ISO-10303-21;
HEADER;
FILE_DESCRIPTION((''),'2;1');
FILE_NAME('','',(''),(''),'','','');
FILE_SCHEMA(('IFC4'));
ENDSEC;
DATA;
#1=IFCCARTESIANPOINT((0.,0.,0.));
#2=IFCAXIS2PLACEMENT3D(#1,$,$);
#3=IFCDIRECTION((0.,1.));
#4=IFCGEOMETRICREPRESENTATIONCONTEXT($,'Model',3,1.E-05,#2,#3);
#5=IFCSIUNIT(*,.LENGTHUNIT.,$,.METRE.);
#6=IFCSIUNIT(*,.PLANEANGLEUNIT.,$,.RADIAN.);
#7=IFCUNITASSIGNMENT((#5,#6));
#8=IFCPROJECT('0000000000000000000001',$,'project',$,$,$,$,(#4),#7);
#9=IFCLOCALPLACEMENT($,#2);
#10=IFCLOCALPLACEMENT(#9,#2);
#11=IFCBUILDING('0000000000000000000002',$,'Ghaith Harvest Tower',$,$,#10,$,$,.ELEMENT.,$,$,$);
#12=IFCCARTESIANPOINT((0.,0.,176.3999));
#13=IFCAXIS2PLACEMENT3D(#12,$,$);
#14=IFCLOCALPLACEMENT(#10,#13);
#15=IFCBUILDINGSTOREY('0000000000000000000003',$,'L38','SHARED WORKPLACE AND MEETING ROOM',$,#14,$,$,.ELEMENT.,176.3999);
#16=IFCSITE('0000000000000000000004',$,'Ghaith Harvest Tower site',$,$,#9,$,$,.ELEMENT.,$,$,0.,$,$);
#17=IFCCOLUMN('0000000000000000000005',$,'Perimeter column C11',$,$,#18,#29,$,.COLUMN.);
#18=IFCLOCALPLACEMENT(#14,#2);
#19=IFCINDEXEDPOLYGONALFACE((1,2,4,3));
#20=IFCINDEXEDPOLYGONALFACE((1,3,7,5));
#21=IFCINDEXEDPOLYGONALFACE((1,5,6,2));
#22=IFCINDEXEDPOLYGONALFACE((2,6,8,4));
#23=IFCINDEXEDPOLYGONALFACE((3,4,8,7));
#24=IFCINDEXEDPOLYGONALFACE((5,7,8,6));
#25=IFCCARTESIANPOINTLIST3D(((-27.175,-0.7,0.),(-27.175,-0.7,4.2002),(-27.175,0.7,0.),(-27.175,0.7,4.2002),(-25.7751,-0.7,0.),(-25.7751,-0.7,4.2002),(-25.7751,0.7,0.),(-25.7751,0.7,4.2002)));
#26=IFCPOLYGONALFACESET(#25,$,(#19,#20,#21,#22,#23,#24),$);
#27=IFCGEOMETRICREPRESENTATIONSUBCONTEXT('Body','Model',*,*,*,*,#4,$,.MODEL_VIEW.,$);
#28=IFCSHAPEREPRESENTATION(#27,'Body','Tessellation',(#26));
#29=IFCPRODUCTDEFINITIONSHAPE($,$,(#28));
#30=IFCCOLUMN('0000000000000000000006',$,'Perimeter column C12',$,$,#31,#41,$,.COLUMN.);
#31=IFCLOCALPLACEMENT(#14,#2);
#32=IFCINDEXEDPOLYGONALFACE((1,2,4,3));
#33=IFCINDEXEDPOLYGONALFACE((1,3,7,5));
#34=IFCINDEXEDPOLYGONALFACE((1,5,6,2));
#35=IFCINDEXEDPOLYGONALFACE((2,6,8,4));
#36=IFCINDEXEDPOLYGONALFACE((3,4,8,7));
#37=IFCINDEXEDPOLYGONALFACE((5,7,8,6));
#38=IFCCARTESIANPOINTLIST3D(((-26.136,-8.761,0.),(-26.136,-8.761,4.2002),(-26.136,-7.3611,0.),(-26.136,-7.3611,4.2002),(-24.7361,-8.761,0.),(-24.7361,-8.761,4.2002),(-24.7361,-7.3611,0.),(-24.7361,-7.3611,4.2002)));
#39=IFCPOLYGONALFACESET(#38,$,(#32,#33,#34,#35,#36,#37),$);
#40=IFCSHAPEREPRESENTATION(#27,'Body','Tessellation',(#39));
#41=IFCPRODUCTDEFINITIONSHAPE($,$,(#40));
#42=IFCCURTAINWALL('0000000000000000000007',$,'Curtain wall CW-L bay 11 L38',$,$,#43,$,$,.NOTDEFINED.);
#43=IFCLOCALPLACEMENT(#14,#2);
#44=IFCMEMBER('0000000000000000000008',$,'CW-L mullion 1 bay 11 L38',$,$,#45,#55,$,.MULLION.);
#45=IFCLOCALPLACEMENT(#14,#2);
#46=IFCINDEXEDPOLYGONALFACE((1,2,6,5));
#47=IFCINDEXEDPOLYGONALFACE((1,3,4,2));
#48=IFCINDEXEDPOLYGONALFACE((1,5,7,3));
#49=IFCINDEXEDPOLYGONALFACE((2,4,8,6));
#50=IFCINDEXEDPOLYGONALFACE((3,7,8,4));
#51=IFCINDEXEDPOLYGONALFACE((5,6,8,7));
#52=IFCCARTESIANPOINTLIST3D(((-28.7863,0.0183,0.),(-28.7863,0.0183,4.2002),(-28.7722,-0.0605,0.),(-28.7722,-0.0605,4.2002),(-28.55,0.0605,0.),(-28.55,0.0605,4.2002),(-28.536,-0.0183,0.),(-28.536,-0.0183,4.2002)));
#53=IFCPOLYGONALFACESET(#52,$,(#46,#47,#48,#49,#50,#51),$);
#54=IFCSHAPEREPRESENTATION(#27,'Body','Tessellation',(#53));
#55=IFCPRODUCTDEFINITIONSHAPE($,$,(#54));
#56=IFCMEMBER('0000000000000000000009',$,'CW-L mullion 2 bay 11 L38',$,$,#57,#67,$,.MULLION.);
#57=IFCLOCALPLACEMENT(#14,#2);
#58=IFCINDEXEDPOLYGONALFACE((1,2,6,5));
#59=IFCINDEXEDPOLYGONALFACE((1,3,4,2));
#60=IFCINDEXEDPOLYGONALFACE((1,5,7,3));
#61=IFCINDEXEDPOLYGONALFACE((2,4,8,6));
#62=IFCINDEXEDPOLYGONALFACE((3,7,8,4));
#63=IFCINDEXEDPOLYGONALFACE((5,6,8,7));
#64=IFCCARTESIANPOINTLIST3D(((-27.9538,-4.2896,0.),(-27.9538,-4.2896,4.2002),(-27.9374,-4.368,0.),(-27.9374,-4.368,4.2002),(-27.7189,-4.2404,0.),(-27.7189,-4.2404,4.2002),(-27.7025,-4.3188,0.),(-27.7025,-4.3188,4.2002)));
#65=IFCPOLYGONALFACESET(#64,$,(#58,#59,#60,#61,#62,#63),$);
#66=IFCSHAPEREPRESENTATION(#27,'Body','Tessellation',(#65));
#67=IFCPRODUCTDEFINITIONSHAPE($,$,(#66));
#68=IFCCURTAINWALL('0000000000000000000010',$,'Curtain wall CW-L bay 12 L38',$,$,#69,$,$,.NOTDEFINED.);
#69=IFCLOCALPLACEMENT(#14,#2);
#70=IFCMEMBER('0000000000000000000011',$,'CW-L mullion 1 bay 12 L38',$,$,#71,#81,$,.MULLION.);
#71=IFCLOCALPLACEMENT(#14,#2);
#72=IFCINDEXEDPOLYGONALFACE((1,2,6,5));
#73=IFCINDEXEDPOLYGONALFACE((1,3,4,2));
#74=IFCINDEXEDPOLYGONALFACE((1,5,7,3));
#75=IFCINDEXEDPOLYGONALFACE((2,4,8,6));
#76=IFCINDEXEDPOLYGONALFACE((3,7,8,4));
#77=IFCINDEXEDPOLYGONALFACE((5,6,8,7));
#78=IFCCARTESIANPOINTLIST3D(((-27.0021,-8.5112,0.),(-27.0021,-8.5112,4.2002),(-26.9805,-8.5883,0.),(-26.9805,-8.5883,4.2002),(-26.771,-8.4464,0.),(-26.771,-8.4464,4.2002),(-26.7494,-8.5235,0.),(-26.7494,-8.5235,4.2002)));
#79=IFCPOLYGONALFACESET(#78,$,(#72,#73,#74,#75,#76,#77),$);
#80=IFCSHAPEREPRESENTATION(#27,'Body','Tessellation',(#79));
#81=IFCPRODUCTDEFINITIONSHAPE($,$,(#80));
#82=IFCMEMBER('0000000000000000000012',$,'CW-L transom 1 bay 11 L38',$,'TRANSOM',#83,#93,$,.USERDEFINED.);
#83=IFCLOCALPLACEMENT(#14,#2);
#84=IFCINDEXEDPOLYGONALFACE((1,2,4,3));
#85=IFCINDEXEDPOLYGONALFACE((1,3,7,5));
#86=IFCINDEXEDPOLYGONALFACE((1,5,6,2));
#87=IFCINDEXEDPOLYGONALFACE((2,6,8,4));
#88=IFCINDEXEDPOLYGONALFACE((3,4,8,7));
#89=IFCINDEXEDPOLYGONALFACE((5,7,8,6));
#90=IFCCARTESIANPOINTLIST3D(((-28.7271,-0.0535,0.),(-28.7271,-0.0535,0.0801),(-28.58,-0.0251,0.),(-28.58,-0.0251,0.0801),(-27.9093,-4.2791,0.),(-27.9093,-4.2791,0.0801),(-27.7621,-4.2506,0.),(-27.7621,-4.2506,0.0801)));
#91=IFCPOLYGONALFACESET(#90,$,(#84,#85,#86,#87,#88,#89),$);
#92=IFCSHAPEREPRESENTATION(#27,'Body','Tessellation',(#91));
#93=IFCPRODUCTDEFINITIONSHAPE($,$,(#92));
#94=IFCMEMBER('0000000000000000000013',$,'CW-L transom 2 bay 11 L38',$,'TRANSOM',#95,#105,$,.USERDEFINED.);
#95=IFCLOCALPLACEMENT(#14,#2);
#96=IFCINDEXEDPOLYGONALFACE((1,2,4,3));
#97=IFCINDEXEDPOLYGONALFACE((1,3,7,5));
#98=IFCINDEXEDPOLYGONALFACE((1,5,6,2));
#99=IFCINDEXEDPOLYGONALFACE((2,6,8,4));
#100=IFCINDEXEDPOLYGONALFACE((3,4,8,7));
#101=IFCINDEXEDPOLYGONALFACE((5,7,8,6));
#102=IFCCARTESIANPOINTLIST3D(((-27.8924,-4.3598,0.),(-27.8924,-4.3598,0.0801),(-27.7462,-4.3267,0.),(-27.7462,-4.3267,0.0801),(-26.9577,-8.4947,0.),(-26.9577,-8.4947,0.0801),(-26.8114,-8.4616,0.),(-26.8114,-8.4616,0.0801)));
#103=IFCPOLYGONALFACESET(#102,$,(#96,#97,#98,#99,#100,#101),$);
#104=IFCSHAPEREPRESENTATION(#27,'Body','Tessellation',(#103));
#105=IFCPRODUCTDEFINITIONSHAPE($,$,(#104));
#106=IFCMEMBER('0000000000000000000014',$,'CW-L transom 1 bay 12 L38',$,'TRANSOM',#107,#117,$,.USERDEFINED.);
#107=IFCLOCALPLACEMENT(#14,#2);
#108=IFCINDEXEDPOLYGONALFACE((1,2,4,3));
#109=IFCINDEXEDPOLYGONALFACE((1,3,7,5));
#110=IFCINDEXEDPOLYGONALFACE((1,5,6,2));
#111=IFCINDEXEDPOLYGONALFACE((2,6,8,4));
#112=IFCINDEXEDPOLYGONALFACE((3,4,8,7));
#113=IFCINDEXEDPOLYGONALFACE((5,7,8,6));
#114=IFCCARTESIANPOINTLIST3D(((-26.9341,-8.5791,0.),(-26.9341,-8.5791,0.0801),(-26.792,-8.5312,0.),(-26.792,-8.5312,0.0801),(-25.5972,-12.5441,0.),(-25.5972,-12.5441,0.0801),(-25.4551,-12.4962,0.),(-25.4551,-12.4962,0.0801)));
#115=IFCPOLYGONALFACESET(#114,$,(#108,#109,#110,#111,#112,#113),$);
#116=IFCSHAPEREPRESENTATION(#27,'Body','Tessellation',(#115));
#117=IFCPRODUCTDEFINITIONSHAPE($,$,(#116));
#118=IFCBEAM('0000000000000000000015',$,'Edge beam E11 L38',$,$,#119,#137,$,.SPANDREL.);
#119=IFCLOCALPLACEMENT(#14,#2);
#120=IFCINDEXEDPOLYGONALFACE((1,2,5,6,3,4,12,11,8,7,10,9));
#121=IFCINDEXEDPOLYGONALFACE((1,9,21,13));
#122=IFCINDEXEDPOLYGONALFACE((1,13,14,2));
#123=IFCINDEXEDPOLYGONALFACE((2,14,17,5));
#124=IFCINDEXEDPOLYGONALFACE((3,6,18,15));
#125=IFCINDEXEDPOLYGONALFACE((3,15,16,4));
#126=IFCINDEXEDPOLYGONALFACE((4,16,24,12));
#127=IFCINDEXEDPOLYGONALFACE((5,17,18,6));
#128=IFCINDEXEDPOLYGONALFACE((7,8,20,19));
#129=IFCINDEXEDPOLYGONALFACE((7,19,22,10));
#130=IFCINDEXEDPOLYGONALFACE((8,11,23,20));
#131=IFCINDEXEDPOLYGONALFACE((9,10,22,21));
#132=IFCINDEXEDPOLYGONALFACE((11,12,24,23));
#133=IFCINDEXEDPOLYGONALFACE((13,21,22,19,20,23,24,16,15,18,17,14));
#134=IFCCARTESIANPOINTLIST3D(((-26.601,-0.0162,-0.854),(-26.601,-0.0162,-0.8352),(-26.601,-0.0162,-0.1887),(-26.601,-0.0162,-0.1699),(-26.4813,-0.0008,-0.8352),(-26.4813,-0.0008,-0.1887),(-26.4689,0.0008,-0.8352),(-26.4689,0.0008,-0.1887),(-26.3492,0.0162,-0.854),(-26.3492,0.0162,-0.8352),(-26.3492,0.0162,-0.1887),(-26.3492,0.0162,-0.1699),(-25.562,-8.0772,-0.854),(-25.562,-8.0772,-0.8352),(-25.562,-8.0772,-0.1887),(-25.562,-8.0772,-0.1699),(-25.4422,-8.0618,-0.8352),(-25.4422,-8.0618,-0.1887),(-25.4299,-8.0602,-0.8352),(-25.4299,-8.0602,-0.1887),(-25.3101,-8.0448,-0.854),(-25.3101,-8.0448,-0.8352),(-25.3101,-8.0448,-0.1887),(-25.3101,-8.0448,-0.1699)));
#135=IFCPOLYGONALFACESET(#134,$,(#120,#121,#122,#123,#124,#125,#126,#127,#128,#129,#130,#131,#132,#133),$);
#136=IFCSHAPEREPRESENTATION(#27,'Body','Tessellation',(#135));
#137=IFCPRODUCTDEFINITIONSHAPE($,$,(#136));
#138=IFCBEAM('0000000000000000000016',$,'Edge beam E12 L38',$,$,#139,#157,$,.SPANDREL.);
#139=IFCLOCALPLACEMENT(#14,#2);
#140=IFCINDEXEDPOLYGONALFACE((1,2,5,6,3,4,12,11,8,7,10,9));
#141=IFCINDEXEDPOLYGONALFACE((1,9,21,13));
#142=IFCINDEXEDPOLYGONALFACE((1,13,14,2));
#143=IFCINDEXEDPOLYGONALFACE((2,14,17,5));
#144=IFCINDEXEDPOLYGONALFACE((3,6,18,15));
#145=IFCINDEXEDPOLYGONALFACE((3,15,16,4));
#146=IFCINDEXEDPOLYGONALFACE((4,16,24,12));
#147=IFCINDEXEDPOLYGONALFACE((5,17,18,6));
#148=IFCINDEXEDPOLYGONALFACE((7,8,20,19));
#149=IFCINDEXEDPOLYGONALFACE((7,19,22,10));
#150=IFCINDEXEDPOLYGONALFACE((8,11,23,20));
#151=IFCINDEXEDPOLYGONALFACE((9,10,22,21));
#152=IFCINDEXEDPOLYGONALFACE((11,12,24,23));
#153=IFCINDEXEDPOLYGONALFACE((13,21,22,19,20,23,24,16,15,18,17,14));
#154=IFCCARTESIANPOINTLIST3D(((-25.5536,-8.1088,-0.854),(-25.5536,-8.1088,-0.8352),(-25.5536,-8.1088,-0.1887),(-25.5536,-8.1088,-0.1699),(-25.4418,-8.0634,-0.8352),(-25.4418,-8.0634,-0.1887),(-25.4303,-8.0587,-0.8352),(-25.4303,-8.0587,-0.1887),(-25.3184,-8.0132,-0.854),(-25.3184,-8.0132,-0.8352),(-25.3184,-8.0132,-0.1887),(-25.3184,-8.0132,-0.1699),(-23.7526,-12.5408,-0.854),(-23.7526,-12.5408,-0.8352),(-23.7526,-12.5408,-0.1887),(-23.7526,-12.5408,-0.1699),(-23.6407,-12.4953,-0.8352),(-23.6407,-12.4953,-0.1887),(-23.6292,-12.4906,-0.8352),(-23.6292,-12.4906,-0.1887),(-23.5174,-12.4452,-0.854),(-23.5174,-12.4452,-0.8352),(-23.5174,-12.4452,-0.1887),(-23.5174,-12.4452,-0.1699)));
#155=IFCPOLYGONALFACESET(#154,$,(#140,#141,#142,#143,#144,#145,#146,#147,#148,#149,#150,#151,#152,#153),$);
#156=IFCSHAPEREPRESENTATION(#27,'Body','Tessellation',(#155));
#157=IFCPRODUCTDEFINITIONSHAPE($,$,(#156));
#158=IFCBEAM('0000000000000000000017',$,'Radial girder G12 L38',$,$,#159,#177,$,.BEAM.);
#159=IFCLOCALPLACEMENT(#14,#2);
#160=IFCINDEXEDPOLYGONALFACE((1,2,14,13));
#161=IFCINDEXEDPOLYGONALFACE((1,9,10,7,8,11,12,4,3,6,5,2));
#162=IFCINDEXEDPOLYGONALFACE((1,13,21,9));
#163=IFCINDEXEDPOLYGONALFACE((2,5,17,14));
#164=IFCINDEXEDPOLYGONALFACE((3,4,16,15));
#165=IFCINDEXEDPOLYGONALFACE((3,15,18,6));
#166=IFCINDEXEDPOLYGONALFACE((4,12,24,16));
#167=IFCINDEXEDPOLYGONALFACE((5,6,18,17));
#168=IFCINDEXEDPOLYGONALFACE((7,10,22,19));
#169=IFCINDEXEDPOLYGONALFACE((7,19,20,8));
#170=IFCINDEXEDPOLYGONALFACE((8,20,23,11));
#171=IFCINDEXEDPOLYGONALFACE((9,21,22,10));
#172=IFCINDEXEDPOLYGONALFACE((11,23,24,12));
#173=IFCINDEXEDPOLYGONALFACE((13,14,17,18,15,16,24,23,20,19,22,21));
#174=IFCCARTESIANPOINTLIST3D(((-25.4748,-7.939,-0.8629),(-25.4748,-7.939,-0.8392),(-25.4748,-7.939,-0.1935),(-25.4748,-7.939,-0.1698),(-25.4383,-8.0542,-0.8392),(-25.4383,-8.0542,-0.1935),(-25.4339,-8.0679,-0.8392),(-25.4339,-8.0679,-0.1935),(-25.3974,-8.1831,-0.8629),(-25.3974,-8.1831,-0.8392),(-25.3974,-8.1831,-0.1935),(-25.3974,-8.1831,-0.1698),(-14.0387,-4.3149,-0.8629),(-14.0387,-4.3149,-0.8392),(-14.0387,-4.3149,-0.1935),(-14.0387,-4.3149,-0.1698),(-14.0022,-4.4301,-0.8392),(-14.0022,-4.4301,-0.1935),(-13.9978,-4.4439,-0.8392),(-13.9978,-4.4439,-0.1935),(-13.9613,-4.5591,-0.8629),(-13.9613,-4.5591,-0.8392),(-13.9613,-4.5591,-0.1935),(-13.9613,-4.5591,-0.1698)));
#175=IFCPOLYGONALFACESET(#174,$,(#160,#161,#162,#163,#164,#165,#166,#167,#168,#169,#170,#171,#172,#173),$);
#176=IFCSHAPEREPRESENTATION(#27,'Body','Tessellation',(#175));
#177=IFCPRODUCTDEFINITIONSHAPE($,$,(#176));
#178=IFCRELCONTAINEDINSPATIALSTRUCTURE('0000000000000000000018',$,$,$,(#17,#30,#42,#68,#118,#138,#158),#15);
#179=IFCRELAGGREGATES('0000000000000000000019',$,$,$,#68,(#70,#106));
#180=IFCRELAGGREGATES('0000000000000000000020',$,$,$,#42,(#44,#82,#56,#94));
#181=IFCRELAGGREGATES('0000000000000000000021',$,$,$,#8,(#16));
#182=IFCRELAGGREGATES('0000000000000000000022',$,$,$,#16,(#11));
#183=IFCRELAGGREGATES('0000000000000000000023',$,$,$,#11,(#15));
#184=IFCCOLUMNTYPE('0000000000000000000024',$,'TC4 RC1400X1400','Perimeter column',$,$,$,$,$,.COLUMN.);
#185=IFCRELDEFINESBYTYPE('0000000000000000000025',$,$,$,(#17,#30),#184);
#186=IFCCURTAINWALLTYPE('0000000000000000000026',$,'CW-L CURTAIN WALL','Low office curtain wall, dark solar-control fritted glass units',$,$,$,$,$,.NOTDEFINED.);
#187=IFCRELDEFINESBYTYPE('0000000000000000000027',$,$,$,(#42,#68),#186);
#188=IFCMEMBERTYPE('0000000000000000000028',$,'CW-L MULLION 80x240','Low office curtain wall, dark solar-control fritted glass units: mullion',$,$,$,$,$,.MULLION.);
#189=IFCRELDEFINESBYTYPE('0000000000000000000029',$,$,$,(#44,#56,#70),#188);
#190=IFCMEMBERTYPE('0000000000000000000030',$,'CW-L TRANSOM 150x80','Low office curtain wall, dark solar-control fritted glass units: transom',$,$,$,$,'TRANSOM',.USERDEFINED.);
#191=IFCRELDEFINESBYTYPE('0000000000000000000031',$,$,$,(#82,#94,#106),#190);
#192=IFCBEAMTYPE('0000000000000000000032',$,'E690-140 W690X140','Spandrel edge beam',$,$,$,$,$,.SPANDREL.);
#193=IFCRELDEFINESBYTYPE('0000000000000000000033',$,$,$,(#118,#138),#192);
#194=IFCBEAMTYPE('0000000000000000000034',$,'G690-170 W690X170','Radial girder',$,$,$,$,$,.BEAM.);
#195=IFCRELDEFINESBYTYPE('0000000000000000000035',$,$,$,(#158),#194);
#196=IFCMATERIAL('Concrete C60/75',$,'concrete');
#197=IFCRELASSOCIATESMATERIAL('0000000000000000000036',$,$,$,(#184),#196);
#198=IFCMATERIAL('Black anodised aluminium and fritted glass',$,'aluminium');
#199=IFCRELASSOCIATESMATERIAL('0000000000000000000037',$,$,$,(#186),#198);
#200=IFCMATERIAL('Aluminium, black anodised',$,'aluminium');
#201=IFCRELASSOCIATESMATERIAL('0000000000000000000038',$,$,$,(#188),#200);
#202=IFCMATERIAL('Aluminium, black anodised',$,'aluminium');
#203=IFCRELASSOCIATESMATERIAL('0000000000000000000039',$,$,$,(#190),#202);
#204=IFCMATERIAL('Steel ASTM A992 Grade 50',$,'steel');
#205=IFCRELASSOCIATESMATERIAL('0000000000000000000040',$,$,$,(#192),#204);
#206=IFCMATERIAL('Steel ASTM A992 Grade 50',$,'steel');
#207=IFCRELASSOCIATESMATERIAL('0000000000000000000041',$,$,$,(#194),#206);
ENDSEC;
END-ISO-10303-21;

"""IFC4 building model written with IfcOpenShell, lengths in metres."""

from ifc_helpers import new_model, si_unit, direction, frame, origin, origin_2d, place, context, subcontext, project, spatial, rectangle, i_section, extrude, material, material_profile, profile_set, type_object, element, aggregate, save


model = new_model("IFC4")

# Units and contexts
model_context = context("Model", 3, precision=1e-05, world=origin(), true_north=direction((0.0, 1.0)))
body_context = subcontext(model_context, "Body", "Model", "MODEL_VIEW")
ifc_project = project(units=[si_unit("LENGTHUNIT", "METRE"), si_unit("PLANEANGLEUNIT", "RADIAN")], contexts=[model_context])

# Site, building, storey
site_placement = place(None, origin())
site = spatial("IfcSite", under=ifc_project, at=site_placement, Name="Ghaith Harvest Tower site", CompositionType="ELEMENT", RefElevation=0.0)
building_placement = place(site_placement, origin())
building = spatial("IfcBuilding", under=site, at=building_placement, Name="Ghaith Harvest Tower", CompositionType="ELEMENT")
storey_placement = place(building_placement, frame((0.0, 0.0, 176.3999)))
storey = spatial("IfcBuildingStorey", under=building, at=storey_placement, Name="L38", Description="SHARED WORKPLACE AND MEETING ROOM", CompositionType="ELEMENT", Elevation=176.3999)

# Columns
ifc_material_1 = material(Name="Concrete C60/75", Category="concrete")
ifc_material_profile_1 = material_profile(ifc_material_1, rectangle(XDim=1.3999, YDim=1.3999, at=origin_2d()), Name="RC1400X1400")
ifc_profile_set_1 = profile_set([ifc_material_profile_1], Name="Concrete C60/75")
column_type = type_object("IfcColumnType", Name="TC4 RC1400X1400", Description="Perimeter column", PredefinedType="COLUMN", material=ifc_profile_set_1)
for number, where, z_axis, x_axis, name in (
    (1, (-26.4751, 0.0, 0.0), (0.0, 0.0, 1.0), (1.0, 0.0, 0.0), "Perimeter column C11"),
    (2, (-25.436, -8.061, 0.0), (0.0, 0.0, 1.0), (1.0, 0.0, 0.0), "Perimeter column C12"),
):
    element("IfcColumn", number, at=place(storey_placement, frame(where, z_axis=z_axis, x_axis=x_axis)), inside=storey, type_object=column_type, Name=name, PredefinedType="COLUMN", context=body_context, shape_type="SweptSolid", body=[
        extrude(rectangle(XDim=1.3999, YDim=1.3999, at=origin_2d()), origin(), (0.0, 0.0, 1.0), 4.2002),
    ])

# Curtain wall, members
ifc_material_2 = material(Name="Black anodised aluminium and fritted glass", Category="aluminium")
curtain_wall_type = type_object("IfcCurtainWallType", Name="CW-L CURTAIN WALL", Description="Low office curtain wall, dark solar-control fritted glass units", PredefinedType="NOTDEFINED", material=ifc_material_2)
curtain_wall_1_placement = place(storey_placement, origin())
curtain_wall_1 = element("IfcCurtainWall", 3, at=curtain_wall_1_placement, inside=storey, type_object=curtain_wall_type, Name="Curtain wall CW-L bay 11 L38", PredefinedType="NOTDEFINED")
ifc_material_3 = material(Name="Aluminium, black anodised", Category="aluminium")
ifc_material_profile_2 = material_profile(ifc_material_3, rectangle(XDim=0.0801, YDim=0.24, at=origin_2d()), Name="CW-L MULLION 80x240")
ifc_profile_set_2 = profile_set([ifc_material_profile_2], Name="Aluminium, black anodised")
member_type_1 = type_object("IfcMemberType", Name="CW-L MULLION 80x240", Description="Low office curtain wall, dark solar-control fritted glass units: mullion", PredefinedType="MULLION", material=ifc_profile_set_2)
member_1_placement = place(storey_placement, frame((-28.6611, 0.0, 0.0), z_axis=(0.0, 0.0, 1.0), x_axis=(0.175827, -0.984421, 0.0)))
member_1 = element("IfcMember", 4, at=member_1_placement, type_object=member_type_1, Name="CW-L mullion 1 bay 11 L38", PredefinedType="MULLION", context=body_context, shape_type="SweptSolid", body=[
    extrude(rectangle(XDim=0.0801, YDim=0.24, at=origin_2d()), origin(), (0.0, 0.0, 1.0), 4.2002),
])
member_2_placement = place(storey_placement, frame((-27.8281, -4.3042, 0.0), z_axis=(0.0, 0.0, 1.0), x_axis=(0.205176, -0.978725, 0.0)))
member_2 = element("IfcMember", 5, at=member_2_placement, type_object=member_type_1, Name="CW-L mullion 2 bay 11 L38", PredefinedType="MULLION", context=body_context, shape_type="SweptSolid", body=[
    extrude(rectangle(XDim=0.0801, YDim=0.24, at=origin_2d()), origin(), (0.0, 0.0, 1.0), 4.2002),
])

# Curtain wall, member
curtain_wall_2_placement = place(storey_placement, origin())
curtain_wall_2 = element("IfcCurtainWall", 6, at=curtain_wall_2_placement, inside=storey, type_object=curtain_wall_type, Name="Curtain wall CW-L bay 12 L38", PredefinedType="NOTDEFINED")
member_3_placement = place(storey_placement, frame((-26.8757, -8.5173, 0.0), z_axis=(0.0, 0.0, 1.0), x_axis=(0.270019, -0.962855, 0.0)))
member_3 = element("IfcMember", 7, at=member_3_placement, type_object=member_type_1, Name="CW-L mullion 1 bay 12 L38", PredefinedType="MULLION", context=body_context, shape_type="SweptSolid", body=[
    extrude(rectangle(XDim=0.0801, YDim=0.24, at=origin_2d()), origin(), (0.0, 0.0, 1.0), 4.2002),
])

# Members
ifc_material_4 = material(Name="Aluminium, black anodised", Category="aluminium")
ifc_material_profile_3 = material_profile(ifc_material_4, rectangle(XDim=0.1499, YDim=0.0801, at=origin_2d()), Name="CW-L TRANSOM 150x80")
ifc_profile_set_3 = profile_set([ifc_material_profile_3], Name="Aluminium, black anodised")
member_type_2 = type_object("IfcMemberType", Name="CW-L TRANSOM 150x80", Description="Low office curtain wall, dark solar-control fritted glass units: transom", ElementType="TRANSOM", PredefinedType="USERDEFINED", material=ifc_profile_set_3)
member_4_placement = place(storey_placement, frame((-28.6536, -0.0393, 0.04), z_axis=(0.190025, -0.981779, 0.0), x_axis=(0.981779, 0.190025, 0.0)))
member_4 = element("IfcMember", 8, at=member_4_placement, type_object=member_type_2, Name="CW-L transom 1 bay 11 L38", ObjectType="TRANSOM", PredefinedType="USERDEFINED", context=body_context, shape_type="SweptSolid", body=[
    extrude(rectangle(XDim=0.1499, YDim=0.0801, at=origin_2d()), origin(), (0.0, 0.0, 1.0), 4.304),
])
member_5_placement = place(storey_placement, frame((-27.8193, -4.3433, 0.04), z_axis=(0.220508, -0.975385, 0.0), x_axis=(0.975385, 0.220508, 0.0)))
member_5 = element("IfcMember", 9, at=member_5_placement, type_object=member_type_2, Name="CW-L transom 2 bay 11 L38", ObjectType="TRANSOM", PredefinedType="USERDEFINED", context=body_context, shape_type="SweptSolid", body=[
    extrude(rectangle(XDim=0.1499, YDim=0.0801, at=origin_2d()), origin(), (0.0, 0.0, 1.0), 4.2393),
])
member_6_placement = place(storey_placement, frame((-26.863, -8.5552, 0.04), z_axis=(0.319499, -0.947587, 0.0), x_axis=(0.947587, 0.319499, 0.0)))
member_6 = element("IfcMember", 10, at=member_6_placement, type_object=member_type_2, Name="CW-L transom 1 bay 12 L38", ObjectType="TRANSOM", PredefinedType="USERDEFINED", context=body_context, shape_type="SweptSolid", body=[
    extrude(rectangle(XDim=0.1499, YDim=0.0801, at=origin_2d()), origin(), (0.0, 0.0, 1.0), 4.1843),
])
aggregate(curtain_wall_2, [member_3, member_6])

# Beams
ifc_material_5 = material(Name="Steel ASTM A992 Grade 50", Category="steel")
ifc_material_profile_4 = material_profile(ifc_material_5, i_section(OverallWidth=0.2539, OverallDepth=0.6841, WebThickness=0.0125, FlangeThickness=0.0188, at=origin_2d()), Name="W690X140")
ifc_profile_set_4 = profile_set([ifc_material_profile_4], Name="Steel ASTM A992 Grade 50")
beam_type_1 = type_object("IfcBeamType", Name="E690-140 W690X140", Description="Spandrel edge beam", PredefinedType="SPANDREL", material=ifc_profile_set_4)
beam_1_placement = place(storey_placement, frame((-26.4751, 0.0, -0.512), z_axis=(0.127842, -0.991795, 0.0), x_axis=(0.991795, 0.127842, 0.0)))
element("IfcBeam", 11, at=beam_1_placement, inside=storey, type_object=beam_type_1, Name="Edge beam E11 L38", PredefinedType="SPANDREL", context=body_context, shape_type="SweptSolid", body=[
    extrude(i_section(OverallWidth=0.2539, OverallDepth=0.6841, WebThickness=0.0125, FlangeThickness=0.0188, at=origin_2d()), origin(), (0.0, 0.0, 1.0), 8.1277),
])
beam_2_placement = place(storey_placement, frame((-25.436, -8.061, -0.512), z_axis=(0.37648, -0.926425, 0.0), x_axis=(0.926425, 0.37648, 0.0)))
element("IfcBeam", 12, at=beam_2_placement, inside=storey, type_object=beam_type_1, Name="Edge beam E12 L38", PredefinedType="SPANDREL", context=body_context, shape_type="SweptSolid", body=[
    extrude(i_section(OverallWidth=0.2539, OverallDepth=0.6841, WebThickness=0.0125, FlangeThickness=0.0188, at=origin_2d()), origin(), (0.0, 0.0, 1.0), 4.7839),
])
ifc_material_6 = material(Name="Steel ASTM A992 Grade 50", Category="steel")
ifc_material_profile_5 = material_profile(ifc_material_6, i_section(OverallWidth=0.2561, OverallDepth=0.6931, WebThickness=0.0144, FlangeThickness=0.0237, at=origin_2d()), Name="W690X170")
ifc_profile_set_5 = profile_set([ifc_material_profile_5], Name="Steel ASTM A992 Grade 50")
beam_type_2 = type_object("IfcBeamType", Name="G690-170 W690X170", Description="Radial girder", PredefinedType="BEAM", material=ifc_profile_set_5)
beam_3_placement = place(storey_placement, frame((-14.0, -4.437, -0.5164), z_axis=(-0.95328, -0.30209, 0.0), x_axis=(0.30209, -0.95328, 0.0)))
element("IfcBeam", 13, at=beam_3_placement, inside=storey, type_object=beam_type_2, Name="Radial girder G12 L38", PredefinedType="BEAM", context=body_context, shape_type="SweptSolid", body=[
    extrude(i_section(OverallWidth=0.2561, OverallDepth=0.6931, WebThickness=0.0144, FlangeThickness=0.0237, at=origin_2d()), origin(), (0.0, 0.0, 1.0), 11.9966),
])

aggregate(curtain_wall_1, [member_1, member_4, member_2, member_5])

save(model, "model.ifc")
